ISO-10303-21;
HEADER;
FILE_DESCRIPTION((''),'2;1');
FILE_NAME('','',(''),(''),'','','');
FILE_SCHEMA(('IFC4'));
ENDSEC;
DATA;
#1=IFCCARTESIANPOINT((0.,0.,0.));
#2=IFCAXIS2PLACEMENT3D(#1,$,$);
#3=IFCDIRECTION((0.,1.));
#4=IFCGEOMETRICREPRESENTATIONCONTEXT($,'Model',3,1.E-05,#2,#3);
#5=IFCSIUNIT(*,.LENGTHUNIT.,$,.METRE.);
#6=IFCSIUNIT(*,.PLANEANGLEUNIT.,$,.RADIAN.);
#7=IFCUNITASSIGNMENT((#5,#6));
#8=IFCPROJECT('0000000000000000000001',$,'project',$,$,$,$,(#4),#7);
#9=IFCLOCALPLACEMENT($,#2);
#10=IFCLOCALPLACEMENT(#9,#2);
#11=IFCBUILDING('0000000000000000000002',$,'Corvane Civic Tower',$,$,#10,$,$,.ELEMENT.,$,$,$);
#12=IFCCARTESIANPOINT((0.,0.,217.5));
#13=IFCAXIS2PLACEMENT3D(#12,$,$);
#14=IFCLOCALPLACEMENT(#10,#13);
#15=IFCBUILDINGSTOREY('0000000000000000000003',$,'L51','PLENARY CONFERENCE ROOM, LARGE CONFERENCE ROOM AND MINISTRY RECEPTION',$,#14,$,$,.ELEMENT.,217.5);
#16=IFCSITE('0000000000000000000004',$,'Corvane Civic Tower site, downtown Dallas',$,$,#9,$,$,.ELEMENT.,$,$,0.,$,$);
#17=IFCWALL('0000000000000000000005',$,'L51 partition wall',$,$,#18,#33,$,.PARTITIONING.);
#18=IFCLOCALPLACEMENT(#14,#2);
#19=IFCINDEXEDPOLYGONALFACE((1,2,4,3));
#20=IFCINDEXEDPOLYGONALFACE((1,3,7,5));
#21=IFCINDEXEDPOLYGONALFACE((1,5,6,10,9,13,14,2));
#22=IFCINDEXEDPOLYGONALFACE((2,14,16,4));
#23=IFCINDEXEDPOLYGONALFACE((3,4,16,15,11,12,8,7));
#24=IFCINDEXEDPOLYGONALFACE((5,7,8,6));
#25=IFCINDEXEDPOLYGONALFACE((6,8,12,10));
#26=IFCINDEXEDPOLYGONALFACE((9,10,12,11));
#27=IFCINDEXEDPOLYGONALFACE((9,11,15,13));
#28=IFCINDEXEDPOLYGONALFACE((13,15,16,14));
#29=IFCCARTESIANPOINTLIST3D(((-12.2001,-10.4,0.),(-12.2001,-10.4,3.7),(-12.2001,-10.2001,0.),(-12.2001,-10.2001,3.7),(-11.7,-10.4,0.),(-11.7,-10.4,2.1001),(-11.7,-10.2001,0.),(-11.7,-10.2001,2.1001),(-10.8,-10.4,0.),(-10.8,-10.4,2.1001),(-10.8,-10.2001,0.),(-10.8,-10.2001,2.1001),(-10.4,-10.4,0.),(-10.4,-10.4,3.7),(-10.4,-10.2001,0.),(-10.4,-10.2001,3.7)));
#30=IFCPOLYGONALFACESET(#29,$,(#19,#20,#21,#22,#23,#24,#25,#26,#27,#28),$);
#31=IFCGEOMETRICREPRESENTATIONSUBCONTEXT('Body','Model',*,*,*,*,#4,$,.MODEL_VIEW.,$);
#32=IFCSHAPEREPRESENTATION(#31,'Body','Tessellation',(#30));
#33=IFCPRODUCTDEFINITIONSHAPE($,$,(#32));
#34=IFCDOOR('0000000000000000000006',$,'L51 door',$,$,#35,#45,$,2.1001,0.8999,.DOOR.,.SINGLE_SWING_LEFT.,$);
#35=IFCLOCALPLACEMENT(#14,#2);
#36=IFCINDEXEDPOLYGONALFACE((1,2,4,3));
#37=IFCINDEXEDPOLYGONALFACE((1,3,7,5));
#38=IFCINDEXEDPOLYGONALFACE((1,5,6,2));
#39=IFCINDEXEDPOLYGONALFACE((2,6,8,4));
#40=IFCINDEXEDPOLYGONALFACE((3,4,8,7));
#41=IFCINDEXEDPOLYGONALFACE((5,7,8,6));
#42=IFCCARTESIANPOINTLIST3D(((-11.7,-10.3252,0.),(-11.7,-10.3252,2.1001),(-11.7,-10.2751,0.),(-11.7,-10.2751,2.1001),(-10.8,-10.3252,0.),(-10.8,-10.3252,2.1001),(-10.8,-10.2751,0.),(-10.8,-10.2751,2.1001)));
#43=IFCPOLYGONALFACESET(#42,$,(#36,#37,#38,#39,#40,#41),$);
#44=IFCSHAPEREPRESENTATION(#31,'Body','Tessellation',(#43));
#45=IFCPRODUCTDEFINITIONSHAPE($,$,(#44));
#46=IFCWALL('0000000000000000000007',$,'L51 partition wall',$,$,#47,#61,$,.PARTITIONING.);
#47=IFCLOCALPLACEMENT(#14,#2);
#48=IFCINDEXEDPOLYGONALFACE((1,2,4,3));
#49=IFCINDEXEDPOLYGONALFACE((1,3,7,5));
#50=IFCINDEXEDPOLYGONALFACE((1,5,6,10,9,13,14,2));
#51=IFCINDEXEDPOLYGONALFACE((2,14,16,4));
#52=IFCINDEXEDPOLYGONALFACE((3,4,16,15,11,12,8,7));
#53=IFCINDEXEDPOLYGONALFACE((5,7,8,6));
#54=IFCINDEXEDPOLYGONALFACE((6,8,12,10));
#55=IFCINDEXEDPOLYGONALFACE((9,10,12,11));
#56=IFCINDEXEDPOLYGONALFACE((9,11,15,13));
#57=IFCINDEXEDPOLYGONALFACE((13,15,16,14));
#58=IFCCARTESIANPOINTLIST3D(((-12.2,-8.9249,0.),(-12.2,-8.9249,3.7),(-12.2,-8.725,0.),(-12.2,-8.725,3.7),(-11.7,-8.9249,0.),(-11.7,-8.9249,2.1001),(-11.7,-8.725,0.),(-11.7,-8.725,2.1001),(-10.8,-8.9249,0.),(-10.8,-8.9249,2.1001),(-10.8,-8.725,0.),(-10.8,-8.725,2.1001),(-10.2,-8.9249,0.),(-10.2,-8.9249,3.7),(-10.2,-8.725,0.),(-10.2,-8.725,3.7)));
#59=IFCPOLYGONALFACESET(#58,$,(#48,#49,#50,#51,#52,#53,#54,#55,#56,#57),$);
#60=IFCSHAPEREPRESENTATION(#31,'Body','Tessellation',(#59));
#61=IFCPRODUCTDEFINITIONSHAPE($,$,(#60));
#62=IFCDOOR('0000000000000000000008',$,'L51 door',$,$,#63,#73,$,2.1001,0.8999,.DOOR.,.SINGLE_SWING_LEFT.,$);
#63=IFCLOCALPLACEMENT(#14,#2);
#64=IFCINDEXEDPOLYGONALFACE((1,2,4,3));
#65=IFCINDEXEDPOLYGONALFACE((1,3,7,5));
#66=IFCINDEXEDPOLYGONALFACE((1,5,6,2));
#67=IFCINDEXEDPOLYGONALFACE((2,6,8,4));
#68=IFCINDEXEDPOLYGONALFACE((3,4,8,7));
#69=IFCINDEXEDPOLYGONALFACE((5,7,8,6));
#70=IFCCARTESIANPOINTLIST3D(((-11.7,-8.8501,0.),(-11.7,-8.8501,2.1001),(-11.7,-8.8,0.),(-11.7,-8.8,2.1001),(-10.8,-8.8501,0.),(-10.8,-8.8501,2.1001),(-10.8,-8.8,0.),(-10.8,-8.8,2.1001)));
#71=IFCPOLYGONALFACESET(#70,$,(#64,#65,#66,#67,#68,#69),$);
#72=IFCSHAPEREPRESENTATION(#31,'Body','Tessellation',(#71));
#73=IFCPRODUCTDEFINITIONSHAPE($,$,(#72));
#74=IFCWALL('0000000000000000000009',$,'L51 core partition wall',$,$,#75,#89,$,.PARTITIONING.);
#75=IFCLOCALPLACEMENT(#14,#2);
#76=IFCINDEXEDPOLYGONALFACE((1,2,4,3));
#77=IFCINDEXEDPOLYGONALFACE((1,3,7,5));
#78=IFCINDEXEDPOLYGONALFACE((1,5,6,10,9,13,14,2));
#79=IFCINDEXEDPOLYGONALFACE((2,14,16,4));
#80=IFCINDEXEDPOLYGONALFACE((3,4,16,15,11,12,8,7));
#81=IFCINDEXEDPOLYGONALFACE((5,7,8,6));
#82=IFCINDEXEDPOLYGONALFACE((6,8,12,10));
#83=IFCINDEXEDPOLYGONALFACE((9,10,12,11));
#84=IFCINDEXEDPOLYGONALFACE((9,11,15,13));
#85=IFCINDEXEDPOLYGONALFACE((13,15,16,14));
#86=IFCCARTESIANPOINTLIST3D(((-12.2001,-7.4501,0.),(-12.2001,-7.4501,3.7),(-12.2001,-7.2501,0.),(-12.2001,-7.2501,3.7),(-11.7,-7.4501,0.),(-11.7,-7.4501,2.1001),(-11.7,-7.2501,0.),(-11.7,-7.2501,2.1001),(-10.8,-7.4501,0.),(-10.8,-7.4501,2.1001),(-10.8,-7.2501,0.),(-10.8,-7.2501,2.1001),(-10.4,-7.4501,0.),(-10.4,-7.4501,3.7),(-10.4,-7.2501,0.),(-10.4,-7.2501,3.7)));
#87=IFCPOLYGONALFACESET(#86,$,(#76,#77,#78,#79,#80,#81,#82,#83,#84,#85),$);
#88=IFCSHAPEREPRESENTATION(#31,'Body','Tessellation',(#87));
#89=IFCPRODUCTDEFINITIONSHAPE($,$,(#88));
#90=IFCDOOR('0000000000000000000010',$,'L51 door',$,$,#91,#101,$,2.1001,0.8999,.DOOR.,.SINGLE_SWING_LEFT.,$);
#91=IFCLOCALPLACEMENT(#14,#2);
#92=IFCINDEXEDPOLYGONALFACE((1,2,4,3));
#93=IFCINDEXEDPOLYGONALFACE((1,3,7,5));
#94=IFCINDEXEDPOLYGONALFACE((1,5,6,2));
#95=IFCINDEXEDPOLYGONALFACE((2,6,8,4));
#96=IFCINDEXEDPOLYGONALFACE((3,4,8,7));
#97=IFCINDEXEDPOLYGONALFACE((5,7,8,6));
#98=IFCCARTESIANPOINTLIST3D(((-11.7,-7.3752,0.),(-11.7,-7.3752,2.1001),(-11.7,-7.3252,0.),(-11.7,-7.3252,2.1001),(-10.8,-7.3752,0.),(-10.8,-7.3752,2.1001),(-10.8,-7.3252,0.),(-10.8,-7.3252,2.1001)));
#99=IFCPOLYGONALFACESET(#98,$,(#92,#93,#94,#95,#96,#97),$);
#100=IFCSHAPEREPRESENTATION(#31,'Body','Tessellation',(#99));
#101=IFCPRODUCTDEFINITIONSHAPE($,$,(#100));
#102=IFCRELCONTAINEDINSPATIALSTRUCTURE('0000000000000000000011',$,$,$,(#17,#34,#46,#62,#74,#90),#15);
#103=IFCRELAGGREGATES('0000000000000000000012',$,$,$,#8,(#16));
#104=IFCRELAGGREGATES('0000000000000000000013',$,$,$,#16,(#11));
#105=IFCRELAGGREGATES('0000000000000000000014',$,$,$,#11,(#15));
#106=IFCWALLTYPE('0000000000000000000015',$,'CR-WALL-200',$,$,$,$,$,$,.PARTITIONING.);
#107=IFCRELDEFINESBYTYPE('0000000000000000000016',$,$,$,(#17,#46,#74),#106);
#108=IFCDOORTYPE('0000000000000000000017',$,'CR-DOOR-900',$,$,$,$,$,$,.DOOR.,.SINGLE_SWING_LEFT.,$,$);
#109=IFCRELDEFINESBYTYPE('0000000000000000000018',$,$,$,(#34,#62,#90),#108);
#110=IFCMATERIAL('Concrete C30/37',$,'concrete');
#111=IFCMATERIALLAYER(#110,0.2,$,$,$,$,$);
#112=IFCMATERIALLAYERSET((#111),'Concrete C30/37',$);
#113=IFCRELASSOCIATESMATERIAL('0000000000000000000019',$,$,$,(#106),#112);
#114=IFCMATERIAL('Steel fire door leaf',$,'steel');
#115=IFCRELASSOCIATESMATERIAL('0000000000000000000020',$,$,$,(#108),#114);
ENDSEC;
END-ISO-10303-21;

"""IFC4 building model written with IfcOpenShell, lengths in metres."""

from ifc_helpers import new_model, si_unit, direction, frame, frame_2d, origin, place, context, subcontext, project, spatial, rectangle, extrude, material, layer, layer_set, type_object, element, fill, save


model = new_model("IFC4")

# Units and contexts
model_context = context("Model", 3, precision=1e-05, world=origin(), true_north=direction((0.0, 1.0)))
body_context = subcontext(model_context, "Body", "Model", "MODEL_VIEW")
ifc_project = project(units=[si_unit("LENGTHUNIT", "METRE"), si_unit("PLANEANGLEUNIT", "RADIAN")], contexts=[model_context])

# Site, building, storey
site_placement = place(None, origin())
site = spatial("IfcSite", under=ifc_project, at=site_placement, Name="Corvane Civic Tower site, downtown Dallas", CompositionType="ELEMENT", RefElevation=0.0)
building_placement = place(site_placement, origin())
building = spatial("IfcBuilding", under=site, at=building_placement, Name="Corvane Civic Tower", CompositionType="ELEMENT")
storey_placement = place(building_placement, frame((0.0, 0.0, 217.5)))
storey = spatial("IfcBuildingStorey", under=building, at=storey_placement, Name="L51", Description="PLENARY CONFERENCE ROOM, LARGE CONFERENCE ROOM AND MINISTRY RECEPTION", CompositionType="ELEMENT", Elevation=217.5)

# Walls, openings, doors
ifc_material_1 = material(Name="Concrete C30/37", Category="concrete")
ifc_layer_1 = layer(ifc_material_1, 0.2)
ifc_layer_set_1 = layer_set([ifc_layer_1], Name="Concrete C30/37")
wall_type_1 = type_object("IfcWallType", Name="CR-WALL-200", PredefinedType="PARTITIONING", material=ifc_layer_set_1)
wall_1_placement = place(storey_placement, frame((-12.2, -10.3, 0.0), z_axis=(0.0, 0.0, 1.0), x_axis=(1.0, 0.0, 0.0)))
wall_1 = element("IfcWall", 1, at=wall_1_placement, inside=storey, type_object=wall_type_1, Name="L51 partition wall", PredefinedType="PARTITIONING", context=body_context, shape_type="SweptSolid", body=[
    extrude(rectangle(XDim=1.8, YDim=0.2, at=frame_2d((0.8999, 0.0))), origin(), (0.0, 0.0, 1.0), 3.7),
])
opening_1_placement = place(wall_1_placement, frame((0.5, 0.0, 0.0)))
opening_1 = element("IfcOpeningElement", 2, at=opening_1_placement, cuts=wall_1, PredefinedType="OPENING", context=body_context, shape_type="SweptSolid", body=[
    extrude(rectangle(XDim=0.8999, YDim=2.1001, at=frame_2d((0.45, 1.05))), frame((0.0, 0.1099, 0.0), z_axis=(0.0, -1.0, 0.0), x_axis=(1.0, 0.0, 0.0)), (0.0, 0.0, 1.0), 0.22),
])
ifc_material_2 = material(Name="Steel fire door leaf", Category="steel")
door_type_1 = type_object("IfcDoorType", Name="CR-DOOR-900", OperationType="SINGLE_SWING_LEFT", PredefinedType="DOOR", material=ifc_material_2)
door_1_placement = place(opening_1_placement, origin())
door_1 = element("IfcDoor", 3, at=door_1_placement, inside=storey, type_object=door_type_1, Name="L51 door", OperationType="SINGLE_SWING_LEFT", OverallHeight=2.1001, OverallWidth=0.8999, PredefinedType="DOOR", context=body_context, shape_type="SweptSolid", body=[
    extrude(rectangle(XDim=0.8999, YDim=2.1001, at=frame_2d((0.45, 1.05))), frame((0.0, 0.0249, 0.0), z_axis=(0.0, -1.0, 0.0), x_axis=(1.0, 0.0, 0.0)), (0.0, 0.0, 1.0), 0.05),
])
fill(opening_1, door_1)
wall_2_placement = place(storey_placement, frame((-12.2, -8.825, 0.0), z_axis=(0.0, 0.0, 1.0), x_axis=(1.0, 0.0, 0.0)))
wall_2 = element("IfcWall", 4, at=wall_2_placement, inside=storey, type_object=wall_type_1, Name="L51 partition wall", PredefinedType="PARTITIONING", context=body_context, shape_type="SweptSolid", body=[
    extrude(rectangle(XDim=2.0, YDim=0.2, at=frame_2d((1.0, 0.0))), origin(), (0.0, 0.0, 1.0), 3.7),
])
opening_2_placement = place(wall_2_placement, frame((0.5, 0.0, 0.0)))
opening_2 = element("IfcOpeningElement", 5, at=opening_2_placement, cuts=wall_2, PredefinedType="OPENING", context=body_context, shape_type="SweptSolid", body=[
    extrude(rectangle(XDim=0.8999, YDim=2.1001, at=frame_2d((0.45, 1.05))), frame((0.0, 0.1099, 0.0), z_axis=(0.0, -1.0, 0.0), x_axis=(1.0, 0.0, 0.0)), (0.0, 0.0, 1.0), 0.22),
])
door_2_placement = place(opening_2_placement, origin())
door_2 = element("IfcDoor", 6, at=door_2_placement, inside=storey, type_object=door_type_1, Name="L51 door", OperationType="SINGLE_SWING_LEFT", OverallHeight=2.1001, OverallWidth=0.8999, PredefinedType="DOOR", context=body_context, shape_type="SweptSolid", body=[
    extrude(rectangle(XDim=0.8999, YDim=2.1001, at=frame_2d((0.45, 1.05))), frame((0.0, 0.0249, 0.0), z_axis=(0.0, -1.0, 0.0), x_axis=(1.0, 0.0, 0.0)), (0.0, 0.0, 1.0), 0.05),
])
fill(opening_2, door_2)
wall_3_placement = place(storey_placement, frame((-12.2, -7.3501, 0.0), z_axis=(0.0, 0.0, 1.0), x_axis=(1.0, 0.0, 0.0)))
wall_3 = element("IfcWall", 7, at=wall_3_placement, inside=storey, type_object=wall_type_1, Name="L51 core partition wall", PredefinedType="PARTITIONING", context=body_context, shape_type="SweptSolid", body=[
    extrude(rectangle(XDim=1.8, YDim=0.2, at=frame_2d((0.8999, 0.0))), origin(), (0.0, 0.0, 1.0), 3.7),
])
opening_3_placement = place(wall_3_placement, frame((0.5, 0.0, 0.0)))
opening_3 = element("IfcOpeningElement", 8, at=opening_3_placement, cuts=wall_3, PredefinedType="OPENING", context=body_context, shape_type="SweptSolid", body=[
    extrude(rectangle(XDim=0.8999, YDim=2.1001, at=frame_2d((0.45, 1.05))), frame((0.0, 0.1099, 0.0), z_axis=(0.0, -1.0, 0.0), x_axis=(1.0, 0.0, 0.0)), (0.0, 0.0, 1.0), 0.22),
])
door_3_placement = place(opening_3_placement, origin())
door_3 = element("IfcDoor", 9, at=door_3_placement, inside=storey, type_object=door_type_1, Name="L51 door", OperationType="SINGLE_SWING_LEFT", OverallHeight=2.1001, OverallWidth=0.8999, PredefinedType="DOOR", context=body_context, shape_type="SweptSolid", body=[
    extrude(rectangle(XDim=0.8999, YDim=2.1001, at=frame_2d((0.45, 1.05))), frame((0.0, 0.0249, 0.0), z_axis=(0.0, -1.0, 0.0), x_axis=(1.0, 0.0, 0.0)), (0.0, 0.0, 1.0), 0.05),
])
fill(opening_3, door_3)

save(model, "model.ifc")
